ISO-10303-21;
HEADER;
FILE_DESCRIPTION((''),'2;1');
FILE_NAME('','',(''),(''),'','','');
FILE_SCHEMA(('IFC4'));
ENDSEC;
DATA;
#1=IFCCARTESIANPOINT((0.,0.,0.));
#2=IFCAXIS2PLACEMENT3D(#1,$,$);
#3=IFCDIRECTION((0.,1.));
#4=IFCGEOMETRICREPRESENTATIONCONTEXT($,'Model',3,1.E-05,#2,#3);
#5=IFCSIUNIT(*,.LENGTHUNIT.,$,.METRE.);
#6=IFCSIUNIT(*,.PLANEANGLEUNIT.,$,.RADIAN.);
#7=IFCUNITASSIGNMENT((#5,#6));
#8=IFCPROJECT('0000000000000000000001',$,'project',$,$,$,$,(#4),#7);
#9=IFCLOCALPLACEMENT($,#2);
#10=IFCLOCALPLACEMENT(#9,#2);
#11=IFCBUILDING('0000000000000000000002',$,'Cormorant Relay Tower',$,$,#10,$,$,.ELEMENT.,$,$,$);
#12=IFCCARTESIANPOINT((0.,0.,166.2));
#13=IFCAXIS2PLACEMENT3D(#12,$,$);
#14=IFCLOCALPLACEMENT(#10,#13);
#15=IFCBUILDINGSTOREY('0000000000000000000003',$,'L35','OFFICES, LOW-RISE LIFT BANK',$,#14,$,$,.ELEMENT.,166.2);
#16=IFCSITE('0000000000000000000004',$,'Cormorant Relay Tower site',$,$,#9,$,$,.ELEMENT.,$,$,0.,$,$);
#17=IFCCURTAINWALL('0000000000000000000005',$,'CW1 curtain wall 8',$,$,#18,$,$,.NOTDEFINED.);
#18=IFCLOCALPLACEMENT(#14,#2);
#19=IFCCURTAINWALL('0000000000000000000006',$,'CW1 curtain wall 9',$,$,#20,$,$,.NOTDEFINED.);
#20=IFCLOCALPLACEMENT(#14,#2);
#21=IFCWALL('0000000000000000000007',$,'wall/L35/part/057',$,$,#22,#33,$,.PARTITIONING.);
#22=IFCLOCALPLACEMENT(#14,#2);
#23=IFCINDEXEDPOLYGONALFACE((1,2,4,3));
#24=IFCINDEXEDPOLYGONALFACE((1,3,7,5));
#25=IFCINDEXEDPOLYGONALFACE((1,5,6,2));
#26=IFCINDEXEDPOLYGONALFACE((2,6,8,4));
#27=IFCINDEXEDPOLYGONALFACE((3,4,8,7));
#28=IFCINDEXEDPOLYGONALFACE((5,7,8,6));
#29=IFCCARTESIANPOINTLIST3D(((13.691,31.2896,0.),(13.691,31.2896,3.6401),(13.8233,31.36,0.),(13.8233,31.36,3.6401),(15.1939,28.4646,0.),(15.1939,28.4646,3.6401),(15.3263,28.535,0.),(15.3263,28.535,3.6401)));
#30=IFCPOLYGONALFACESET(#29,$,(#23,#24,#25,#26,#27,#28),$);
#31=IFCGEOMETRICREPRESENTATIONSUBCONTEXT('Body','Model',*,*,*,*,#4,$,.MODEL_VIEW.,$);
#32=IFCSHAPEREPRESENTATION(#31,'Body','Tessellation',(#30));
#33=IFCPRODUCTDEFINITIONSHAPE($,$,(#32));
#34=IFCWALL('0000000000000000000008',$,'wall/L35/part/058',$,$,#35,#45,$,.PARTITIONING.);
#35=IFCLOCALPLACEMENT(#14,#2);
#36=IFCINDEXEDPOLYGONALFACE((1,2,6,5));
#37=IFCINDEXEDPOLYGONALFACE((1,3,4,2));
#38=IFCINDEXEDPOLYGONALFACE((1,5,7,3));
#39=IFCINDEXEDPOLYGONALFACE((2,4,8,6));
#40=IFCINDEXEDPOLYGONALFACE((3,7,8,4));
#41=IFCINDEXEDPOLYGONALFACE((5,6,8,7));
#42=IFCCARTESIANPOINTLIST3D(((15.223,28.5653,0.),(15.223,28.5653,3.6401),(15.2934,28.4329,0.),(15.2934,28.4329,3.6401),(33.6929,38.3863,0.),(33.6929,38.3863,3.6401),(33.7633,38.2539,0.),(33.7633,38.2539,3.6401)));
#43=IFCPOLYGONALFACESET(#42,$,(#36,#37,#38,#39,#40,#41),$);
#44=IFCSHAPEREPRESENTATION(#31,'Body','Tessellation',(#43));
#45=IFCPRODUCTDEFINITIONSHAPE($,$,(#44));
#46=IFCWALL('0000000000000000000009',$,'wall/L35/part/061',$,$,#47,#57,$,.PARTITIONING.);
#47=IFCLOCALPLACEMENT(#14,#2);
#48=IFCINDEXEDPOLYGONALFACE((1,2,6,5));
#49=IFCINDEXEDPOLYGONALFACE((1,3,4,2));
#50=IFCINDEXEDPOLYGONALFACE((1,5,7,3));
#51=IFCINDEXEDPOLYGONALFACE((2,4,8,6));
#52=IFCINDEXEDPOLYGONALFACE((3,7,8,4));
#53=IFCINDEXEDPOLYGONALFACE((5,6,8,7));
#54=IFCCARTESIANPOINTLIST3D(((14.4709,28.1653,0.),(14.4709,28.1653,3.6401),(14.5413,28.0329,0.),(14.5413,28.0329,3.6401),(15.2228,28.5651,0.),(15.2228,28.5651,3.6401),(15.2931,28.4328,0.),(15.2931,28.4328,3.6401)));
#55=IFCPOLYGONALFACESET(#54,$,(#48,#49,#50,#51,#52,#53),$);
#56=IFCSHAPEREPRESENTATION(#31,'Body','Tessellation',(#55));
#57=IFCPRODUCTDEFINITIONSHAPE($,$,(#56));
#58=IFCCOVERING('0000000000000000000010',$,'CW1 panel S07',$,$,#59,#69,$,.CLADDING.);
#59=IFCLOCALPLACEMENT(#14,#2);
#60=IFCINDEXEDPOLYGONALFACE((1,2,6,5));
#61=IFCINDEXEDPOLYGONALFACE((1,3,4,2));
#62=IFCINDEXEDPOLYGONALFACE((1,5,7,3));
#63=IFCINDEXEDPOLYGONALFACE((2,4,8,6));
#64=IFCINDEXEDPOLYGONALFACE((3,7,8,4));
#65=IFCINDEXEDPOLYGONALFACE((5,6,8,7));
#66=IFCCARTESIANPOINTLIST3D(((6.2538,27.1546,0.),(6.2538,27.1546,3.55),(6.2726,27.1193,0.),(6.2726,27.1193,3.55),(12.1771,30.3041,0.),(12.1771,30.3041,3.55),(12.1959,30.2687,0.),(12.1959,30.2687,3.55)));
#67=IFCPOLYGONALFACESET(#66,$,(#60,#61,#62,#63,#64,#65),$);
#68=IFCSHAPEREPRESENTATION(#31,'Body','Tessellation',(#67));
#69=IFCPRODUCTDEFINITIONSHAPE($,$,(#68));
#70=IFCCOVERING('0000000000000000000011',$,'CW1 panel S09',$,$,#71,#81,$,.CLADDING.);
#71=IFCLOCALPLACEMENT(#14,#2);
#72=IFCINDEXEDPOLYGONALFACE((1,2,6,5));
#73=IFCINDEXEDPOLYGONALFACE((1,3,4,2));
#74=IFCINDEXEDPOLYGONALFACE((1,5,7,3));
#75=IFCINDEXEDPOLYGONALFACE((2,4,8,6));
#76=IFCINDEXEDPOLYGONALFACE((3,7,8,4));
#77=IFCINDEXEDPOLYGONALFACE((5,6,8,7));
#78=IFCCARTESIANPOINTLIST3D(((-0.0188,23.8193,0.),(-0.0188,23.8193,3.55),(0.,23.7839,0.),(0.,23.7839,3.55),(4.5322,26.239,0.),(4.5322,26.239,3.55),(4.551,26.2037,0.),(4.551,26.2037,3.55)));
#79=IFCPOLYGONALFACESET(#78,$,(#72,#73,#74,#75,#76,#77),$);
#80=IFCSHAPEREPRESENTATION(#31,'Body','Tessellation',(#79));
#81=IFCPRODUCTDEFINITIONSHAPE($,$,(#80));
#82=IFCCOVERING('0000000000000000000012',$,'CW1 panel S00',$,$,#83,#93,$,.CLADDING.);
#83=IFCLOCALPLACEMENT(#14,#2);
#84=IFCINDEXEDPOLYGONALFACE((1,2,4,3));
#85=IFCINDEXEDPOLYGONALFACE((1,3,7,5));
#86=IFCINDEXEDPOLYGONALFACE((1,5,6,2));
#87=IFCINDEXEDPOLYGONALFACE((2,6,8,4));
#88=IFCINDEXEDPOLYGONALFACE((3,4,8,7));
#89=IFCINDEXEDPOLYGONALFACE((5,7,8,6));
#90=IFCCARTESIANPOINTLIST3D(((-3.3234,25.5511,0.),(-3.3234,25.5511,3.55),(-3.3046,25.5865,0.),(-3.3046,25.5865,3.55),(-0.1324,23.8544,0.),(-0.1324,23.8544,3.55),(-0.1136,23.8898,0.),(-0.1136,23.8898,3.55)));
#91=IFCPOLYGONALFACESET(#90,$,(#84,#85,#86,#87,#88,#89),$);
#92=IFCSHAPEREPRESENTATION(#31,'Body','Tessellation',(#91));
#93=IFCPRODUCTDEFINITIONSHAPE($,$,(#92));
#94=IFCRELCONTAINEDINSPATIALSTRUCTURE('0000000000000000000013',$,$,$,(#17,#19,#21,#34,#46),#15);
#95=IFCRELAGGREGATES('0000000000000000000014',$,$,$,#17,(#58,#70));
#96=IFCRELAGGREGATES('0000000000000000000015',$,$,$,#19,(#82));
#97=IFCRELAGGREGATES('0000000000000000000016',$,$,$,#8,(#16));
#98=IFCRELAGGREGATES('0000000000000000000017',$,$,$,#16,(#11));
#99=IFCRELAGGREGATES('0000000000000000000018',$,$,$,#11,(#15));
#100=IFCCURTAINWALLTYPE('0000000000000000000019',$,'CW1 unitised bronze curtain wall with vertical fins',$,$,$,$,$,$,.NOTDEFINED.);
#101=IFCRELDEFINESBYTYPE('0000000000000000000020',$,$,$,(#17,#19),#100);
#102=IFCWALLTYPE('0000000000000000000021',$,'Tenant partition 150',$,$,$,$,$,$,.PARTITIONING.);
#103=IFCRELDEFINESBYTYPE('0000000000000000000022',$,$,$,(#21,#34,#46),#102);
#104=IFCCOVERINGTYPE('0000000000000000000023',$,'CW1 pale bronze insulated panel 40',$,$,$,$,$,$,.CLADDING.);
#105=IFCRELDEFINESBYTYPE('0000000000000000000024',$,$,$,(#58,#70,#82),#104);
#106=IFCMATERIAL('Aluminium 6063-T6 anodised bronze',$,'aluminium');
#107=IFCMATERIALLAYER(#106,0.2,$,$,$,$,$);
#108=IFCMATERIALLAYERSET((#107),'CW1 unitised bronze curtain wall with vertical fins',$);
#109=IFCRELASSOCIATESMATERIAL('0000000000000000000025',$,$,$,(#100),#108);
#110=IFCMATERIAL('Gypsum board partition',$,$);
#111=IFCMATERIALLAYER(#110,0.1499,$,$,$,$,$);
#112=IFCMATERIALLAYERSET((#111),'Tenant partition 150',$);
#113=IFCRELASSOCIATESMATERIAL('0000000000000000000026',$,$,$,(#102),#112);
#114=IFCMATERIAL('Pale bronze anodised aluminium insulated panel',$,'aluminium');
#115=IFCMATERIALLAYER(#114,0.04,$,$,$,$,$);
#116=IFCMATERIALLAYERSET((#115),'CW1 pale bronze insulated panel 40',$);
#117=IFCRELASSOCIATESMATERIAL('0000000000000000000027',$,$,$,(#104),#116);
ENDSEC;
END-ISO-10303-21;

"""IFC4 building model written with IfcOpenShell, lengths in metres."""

from ifc_helpers import new_model, si_unit, direction, frame, frame_2d, origin, origin_2d, place, context, subcontext, project, spatial, rectangle, extrude, material, layer, layer_set, type_object, element, aggregate, save


model = new_model("IFC4")

# Units and contexts
model_context = context("Model", 3, precision=1e-05, world=origin(), true_north=direction((0.0, 1.0)))
body_context = subcontext(model_context, "Body", "Model", "MODEL_VIEW")
ifc_project = project(units=[si_unit("LENGTHUNIT", "METRE"), si_unit("PLANEANGLEUNIT", "RADIAN")], contexts=[model_context])

# Site, building, storey
site_placement = place(None, origin())
site = spatial("IfcSite", under=ifc_project, at=site_placement, Name="Cormorant Relay Tower site", CompositionType="ELEMENT", RefElevation=0.0)
building_placement = place(site_placement, origin())
building = spatial("IfcBuilding", under=site, at=building_placement, Name="Cormorant Relay Tower", CompositionType="ELEMENT")
storey_placement = place(building_placement, frame((0.0, 0.0, 166.2)))
storey = spatial("IfcBuildingStorey", under=building, at=storey_placement, Name="L35", Description="OFFICES, LOW-RISE LIFT BANK", CompositionType="ELEMENT", Elevation=166.2)

# Curtain walls
ifc_material_1 = material(Name="Aluminium 6063-T6 anodised bronze", Category="aluminium")
ifc_layer_1 = layer(ifc_material_1, 0.2)
ifc_layer_set_1 = layer_set([ifc_layer_1], Name="CW1 unitised bronze curtain wall with vertical fins")
curtain_wall_type = type_object("IfcCurtainWallType", Name="CW1 unitised bronze curtain wall with vertical fins", PredefinedType="NOTDEFINED", material=ifc_layer_set_1)
curtain_wall_1_placement = place(storey_placement, origin())
curtain_wall_1 = element("IfcCurtainWall", 1, at=curtain_wall_1_placement, inside=storey, type_object=curtain_wall_type, Name="CW1 curtain wall 8", PredefinedType="NOTDEFINED")
curtain_wall_2_placement = place(storey_placement, origin())
curtain_wall_2 = element("IfcCurtainWall", 2, at=curtain_wall_2_placement, inside=storey, type_object=curtain_wall_type, Name="CW1 curtain wall 9", PredefinedType="NOTDEFINED")

# Walls
ifc_material_2 = material(Name="Gypsum board partition")
ifc_layer_2 = layer(ifc_material_2, 0.1499)
ifc_layer_set_2 = layer_set([ifc_layer_2], Name="Tenant partition 150")
wall_type_1 = type_object("IfcWallType", Name="Tenant partition 150", PredefinedType="PARTITIONING", material=ifc_layer_set_2)
wall_1_placement = place(storey_placement, frame((13.7571, 31.325, 0.0), z_axis=(0.0, 0.0, 1.0), x_axis=(0.469685, -0.882834, 0.0)))
element("IfcWall", 3, at=wall_1_placement, inside=storey, type_object=wall_type_1, Name="wall/L35/part/057", PredefinedType="PARTITIONING", context=body_context, shape_type="SweptSolid", body=[
    extrude(rectangle(XDim=3.2, YDim=0.1499, at=frame_2d((1.6001, 0.0))), origin(), (0.0, 0.0, 1.0), 3.6401),
])
wall_2_placement = place(storey_placement, frame((15.2581, 28.499, 0.0), z_axis=(0.0, 0.0, 1.0), x_axis=(0.88294, 0.469486, 0.0)))
element("IfcWall", 4, at=wall_2_placement, inside=storey, type_object=wall_type_1, Name="wall/L35/part/058", PredefinedType="PARTITIONING", context=body_context, shape_type="SweptSolid", body=[
    extrude(rectangle(XDim=20.9187, YDim=0.1499, at=frame_2d((10.4595, 0.0))), origin(), (0.0, 0.0, 1.0), 3.6401),
])
wall_3_placement = place(storey_placement, frame((14.5061, 28.0991, 0.0), z_axis=(0.0, 0.0, 1.0), x_axis=(0.882908, 0.469546, 0.0)))
element("IfcWall", 5, at=wall_3_placement, inside=storey, type_object=wall_type_1, Name="wall/L35/part/061", PredefinedType="PARTITIONING", context=body_context, shape_type="SweptSolid", body=[
    extrude(rectangle(XDim=0.8516, YDim=0.1499, at=frame_2d((0.4258, 0.0))), origin(), (0.0, 0.0, 1.0), 3.6401),
])

# Coverings
ifc_material_3 = material(Name="Pale bronze anodised aluminium insulated panel", Category="aluminium")
ifc_layer_3 = layer(ifc_material_3, 0.04)
ifc_layer_set_3 = layer_set([ifc_layer_3], Name="CW1 pale bronze insulated panel 40")
covering_type = type_object("IfcCoveringType", Name="CW1 pale bronze insulated panel 40", PredefinedType="CLADDING", material=ifc_layer_set_3)
covering_1_placement = place(storey_placement, frame((9.2249, 28.7117, 0.0), z_axis=(0.0, 0.0, 1.0), x_axis=(-0.882948, -0.469472, 0.0)))
covering_1 = element("IfcCovering", 6, at=covering_1_placement, type_object=covering_type, Name="CW1 panel S07", PredefinedType="CLADDING", context=body_context, shape_type="SweptSolid", body=[
    extrude(rectangle(XDim=6.7085, YDim=0.04, at=origin_2d()), origin(), (0.0, 0.0, 1.0), 3.55),
])
covering_2_placement = place(storey_placement, frame((2.2661, 25.0115, 0.0), z_axis=(0.0, 0.0, 1.0), x_axis=(-0.882948, -0.469472, 0.0)))
covering_2 = element("IfcCovering", 7, at=covering_2_placement, type_object=covering_type, Name="CW1 panel S09", PredefinedType="CLADDING", context=body_context, shape_type="SweptSolid", body=[
    extrude(rectangle(XDim=5.1543, YDim=0.04, at=origin_2d()), origin(), (0.0, 0.0, 1.0), 3.55),
])
aggregate(curtain_wall_1, [covering_1, covering_2])
covering_3_placement = place(storey_placement, frame((-1.7185, 24.7205, 0.0), z_axis=(0.0, 0.0, 1.0), x_axis=(-0.882948, 0.469472, 0.0)))
covering_3 = element("IfcCovering", 8, at=covering_3_placement, type_object=covering_type, Name="CW1 panel S00", PredefinedType="CLADDING", context=body_context, shape_type="SweptSolid", body=[
    extrude(rectangle(XDim=3.614, YDim=0.04, at=origin_2d()), origin(), (0.0, 0.0, 1.0), 3.55),
])
aggregate(curtain_wall_2, [covering_3])

save(model, "model.ifc")
